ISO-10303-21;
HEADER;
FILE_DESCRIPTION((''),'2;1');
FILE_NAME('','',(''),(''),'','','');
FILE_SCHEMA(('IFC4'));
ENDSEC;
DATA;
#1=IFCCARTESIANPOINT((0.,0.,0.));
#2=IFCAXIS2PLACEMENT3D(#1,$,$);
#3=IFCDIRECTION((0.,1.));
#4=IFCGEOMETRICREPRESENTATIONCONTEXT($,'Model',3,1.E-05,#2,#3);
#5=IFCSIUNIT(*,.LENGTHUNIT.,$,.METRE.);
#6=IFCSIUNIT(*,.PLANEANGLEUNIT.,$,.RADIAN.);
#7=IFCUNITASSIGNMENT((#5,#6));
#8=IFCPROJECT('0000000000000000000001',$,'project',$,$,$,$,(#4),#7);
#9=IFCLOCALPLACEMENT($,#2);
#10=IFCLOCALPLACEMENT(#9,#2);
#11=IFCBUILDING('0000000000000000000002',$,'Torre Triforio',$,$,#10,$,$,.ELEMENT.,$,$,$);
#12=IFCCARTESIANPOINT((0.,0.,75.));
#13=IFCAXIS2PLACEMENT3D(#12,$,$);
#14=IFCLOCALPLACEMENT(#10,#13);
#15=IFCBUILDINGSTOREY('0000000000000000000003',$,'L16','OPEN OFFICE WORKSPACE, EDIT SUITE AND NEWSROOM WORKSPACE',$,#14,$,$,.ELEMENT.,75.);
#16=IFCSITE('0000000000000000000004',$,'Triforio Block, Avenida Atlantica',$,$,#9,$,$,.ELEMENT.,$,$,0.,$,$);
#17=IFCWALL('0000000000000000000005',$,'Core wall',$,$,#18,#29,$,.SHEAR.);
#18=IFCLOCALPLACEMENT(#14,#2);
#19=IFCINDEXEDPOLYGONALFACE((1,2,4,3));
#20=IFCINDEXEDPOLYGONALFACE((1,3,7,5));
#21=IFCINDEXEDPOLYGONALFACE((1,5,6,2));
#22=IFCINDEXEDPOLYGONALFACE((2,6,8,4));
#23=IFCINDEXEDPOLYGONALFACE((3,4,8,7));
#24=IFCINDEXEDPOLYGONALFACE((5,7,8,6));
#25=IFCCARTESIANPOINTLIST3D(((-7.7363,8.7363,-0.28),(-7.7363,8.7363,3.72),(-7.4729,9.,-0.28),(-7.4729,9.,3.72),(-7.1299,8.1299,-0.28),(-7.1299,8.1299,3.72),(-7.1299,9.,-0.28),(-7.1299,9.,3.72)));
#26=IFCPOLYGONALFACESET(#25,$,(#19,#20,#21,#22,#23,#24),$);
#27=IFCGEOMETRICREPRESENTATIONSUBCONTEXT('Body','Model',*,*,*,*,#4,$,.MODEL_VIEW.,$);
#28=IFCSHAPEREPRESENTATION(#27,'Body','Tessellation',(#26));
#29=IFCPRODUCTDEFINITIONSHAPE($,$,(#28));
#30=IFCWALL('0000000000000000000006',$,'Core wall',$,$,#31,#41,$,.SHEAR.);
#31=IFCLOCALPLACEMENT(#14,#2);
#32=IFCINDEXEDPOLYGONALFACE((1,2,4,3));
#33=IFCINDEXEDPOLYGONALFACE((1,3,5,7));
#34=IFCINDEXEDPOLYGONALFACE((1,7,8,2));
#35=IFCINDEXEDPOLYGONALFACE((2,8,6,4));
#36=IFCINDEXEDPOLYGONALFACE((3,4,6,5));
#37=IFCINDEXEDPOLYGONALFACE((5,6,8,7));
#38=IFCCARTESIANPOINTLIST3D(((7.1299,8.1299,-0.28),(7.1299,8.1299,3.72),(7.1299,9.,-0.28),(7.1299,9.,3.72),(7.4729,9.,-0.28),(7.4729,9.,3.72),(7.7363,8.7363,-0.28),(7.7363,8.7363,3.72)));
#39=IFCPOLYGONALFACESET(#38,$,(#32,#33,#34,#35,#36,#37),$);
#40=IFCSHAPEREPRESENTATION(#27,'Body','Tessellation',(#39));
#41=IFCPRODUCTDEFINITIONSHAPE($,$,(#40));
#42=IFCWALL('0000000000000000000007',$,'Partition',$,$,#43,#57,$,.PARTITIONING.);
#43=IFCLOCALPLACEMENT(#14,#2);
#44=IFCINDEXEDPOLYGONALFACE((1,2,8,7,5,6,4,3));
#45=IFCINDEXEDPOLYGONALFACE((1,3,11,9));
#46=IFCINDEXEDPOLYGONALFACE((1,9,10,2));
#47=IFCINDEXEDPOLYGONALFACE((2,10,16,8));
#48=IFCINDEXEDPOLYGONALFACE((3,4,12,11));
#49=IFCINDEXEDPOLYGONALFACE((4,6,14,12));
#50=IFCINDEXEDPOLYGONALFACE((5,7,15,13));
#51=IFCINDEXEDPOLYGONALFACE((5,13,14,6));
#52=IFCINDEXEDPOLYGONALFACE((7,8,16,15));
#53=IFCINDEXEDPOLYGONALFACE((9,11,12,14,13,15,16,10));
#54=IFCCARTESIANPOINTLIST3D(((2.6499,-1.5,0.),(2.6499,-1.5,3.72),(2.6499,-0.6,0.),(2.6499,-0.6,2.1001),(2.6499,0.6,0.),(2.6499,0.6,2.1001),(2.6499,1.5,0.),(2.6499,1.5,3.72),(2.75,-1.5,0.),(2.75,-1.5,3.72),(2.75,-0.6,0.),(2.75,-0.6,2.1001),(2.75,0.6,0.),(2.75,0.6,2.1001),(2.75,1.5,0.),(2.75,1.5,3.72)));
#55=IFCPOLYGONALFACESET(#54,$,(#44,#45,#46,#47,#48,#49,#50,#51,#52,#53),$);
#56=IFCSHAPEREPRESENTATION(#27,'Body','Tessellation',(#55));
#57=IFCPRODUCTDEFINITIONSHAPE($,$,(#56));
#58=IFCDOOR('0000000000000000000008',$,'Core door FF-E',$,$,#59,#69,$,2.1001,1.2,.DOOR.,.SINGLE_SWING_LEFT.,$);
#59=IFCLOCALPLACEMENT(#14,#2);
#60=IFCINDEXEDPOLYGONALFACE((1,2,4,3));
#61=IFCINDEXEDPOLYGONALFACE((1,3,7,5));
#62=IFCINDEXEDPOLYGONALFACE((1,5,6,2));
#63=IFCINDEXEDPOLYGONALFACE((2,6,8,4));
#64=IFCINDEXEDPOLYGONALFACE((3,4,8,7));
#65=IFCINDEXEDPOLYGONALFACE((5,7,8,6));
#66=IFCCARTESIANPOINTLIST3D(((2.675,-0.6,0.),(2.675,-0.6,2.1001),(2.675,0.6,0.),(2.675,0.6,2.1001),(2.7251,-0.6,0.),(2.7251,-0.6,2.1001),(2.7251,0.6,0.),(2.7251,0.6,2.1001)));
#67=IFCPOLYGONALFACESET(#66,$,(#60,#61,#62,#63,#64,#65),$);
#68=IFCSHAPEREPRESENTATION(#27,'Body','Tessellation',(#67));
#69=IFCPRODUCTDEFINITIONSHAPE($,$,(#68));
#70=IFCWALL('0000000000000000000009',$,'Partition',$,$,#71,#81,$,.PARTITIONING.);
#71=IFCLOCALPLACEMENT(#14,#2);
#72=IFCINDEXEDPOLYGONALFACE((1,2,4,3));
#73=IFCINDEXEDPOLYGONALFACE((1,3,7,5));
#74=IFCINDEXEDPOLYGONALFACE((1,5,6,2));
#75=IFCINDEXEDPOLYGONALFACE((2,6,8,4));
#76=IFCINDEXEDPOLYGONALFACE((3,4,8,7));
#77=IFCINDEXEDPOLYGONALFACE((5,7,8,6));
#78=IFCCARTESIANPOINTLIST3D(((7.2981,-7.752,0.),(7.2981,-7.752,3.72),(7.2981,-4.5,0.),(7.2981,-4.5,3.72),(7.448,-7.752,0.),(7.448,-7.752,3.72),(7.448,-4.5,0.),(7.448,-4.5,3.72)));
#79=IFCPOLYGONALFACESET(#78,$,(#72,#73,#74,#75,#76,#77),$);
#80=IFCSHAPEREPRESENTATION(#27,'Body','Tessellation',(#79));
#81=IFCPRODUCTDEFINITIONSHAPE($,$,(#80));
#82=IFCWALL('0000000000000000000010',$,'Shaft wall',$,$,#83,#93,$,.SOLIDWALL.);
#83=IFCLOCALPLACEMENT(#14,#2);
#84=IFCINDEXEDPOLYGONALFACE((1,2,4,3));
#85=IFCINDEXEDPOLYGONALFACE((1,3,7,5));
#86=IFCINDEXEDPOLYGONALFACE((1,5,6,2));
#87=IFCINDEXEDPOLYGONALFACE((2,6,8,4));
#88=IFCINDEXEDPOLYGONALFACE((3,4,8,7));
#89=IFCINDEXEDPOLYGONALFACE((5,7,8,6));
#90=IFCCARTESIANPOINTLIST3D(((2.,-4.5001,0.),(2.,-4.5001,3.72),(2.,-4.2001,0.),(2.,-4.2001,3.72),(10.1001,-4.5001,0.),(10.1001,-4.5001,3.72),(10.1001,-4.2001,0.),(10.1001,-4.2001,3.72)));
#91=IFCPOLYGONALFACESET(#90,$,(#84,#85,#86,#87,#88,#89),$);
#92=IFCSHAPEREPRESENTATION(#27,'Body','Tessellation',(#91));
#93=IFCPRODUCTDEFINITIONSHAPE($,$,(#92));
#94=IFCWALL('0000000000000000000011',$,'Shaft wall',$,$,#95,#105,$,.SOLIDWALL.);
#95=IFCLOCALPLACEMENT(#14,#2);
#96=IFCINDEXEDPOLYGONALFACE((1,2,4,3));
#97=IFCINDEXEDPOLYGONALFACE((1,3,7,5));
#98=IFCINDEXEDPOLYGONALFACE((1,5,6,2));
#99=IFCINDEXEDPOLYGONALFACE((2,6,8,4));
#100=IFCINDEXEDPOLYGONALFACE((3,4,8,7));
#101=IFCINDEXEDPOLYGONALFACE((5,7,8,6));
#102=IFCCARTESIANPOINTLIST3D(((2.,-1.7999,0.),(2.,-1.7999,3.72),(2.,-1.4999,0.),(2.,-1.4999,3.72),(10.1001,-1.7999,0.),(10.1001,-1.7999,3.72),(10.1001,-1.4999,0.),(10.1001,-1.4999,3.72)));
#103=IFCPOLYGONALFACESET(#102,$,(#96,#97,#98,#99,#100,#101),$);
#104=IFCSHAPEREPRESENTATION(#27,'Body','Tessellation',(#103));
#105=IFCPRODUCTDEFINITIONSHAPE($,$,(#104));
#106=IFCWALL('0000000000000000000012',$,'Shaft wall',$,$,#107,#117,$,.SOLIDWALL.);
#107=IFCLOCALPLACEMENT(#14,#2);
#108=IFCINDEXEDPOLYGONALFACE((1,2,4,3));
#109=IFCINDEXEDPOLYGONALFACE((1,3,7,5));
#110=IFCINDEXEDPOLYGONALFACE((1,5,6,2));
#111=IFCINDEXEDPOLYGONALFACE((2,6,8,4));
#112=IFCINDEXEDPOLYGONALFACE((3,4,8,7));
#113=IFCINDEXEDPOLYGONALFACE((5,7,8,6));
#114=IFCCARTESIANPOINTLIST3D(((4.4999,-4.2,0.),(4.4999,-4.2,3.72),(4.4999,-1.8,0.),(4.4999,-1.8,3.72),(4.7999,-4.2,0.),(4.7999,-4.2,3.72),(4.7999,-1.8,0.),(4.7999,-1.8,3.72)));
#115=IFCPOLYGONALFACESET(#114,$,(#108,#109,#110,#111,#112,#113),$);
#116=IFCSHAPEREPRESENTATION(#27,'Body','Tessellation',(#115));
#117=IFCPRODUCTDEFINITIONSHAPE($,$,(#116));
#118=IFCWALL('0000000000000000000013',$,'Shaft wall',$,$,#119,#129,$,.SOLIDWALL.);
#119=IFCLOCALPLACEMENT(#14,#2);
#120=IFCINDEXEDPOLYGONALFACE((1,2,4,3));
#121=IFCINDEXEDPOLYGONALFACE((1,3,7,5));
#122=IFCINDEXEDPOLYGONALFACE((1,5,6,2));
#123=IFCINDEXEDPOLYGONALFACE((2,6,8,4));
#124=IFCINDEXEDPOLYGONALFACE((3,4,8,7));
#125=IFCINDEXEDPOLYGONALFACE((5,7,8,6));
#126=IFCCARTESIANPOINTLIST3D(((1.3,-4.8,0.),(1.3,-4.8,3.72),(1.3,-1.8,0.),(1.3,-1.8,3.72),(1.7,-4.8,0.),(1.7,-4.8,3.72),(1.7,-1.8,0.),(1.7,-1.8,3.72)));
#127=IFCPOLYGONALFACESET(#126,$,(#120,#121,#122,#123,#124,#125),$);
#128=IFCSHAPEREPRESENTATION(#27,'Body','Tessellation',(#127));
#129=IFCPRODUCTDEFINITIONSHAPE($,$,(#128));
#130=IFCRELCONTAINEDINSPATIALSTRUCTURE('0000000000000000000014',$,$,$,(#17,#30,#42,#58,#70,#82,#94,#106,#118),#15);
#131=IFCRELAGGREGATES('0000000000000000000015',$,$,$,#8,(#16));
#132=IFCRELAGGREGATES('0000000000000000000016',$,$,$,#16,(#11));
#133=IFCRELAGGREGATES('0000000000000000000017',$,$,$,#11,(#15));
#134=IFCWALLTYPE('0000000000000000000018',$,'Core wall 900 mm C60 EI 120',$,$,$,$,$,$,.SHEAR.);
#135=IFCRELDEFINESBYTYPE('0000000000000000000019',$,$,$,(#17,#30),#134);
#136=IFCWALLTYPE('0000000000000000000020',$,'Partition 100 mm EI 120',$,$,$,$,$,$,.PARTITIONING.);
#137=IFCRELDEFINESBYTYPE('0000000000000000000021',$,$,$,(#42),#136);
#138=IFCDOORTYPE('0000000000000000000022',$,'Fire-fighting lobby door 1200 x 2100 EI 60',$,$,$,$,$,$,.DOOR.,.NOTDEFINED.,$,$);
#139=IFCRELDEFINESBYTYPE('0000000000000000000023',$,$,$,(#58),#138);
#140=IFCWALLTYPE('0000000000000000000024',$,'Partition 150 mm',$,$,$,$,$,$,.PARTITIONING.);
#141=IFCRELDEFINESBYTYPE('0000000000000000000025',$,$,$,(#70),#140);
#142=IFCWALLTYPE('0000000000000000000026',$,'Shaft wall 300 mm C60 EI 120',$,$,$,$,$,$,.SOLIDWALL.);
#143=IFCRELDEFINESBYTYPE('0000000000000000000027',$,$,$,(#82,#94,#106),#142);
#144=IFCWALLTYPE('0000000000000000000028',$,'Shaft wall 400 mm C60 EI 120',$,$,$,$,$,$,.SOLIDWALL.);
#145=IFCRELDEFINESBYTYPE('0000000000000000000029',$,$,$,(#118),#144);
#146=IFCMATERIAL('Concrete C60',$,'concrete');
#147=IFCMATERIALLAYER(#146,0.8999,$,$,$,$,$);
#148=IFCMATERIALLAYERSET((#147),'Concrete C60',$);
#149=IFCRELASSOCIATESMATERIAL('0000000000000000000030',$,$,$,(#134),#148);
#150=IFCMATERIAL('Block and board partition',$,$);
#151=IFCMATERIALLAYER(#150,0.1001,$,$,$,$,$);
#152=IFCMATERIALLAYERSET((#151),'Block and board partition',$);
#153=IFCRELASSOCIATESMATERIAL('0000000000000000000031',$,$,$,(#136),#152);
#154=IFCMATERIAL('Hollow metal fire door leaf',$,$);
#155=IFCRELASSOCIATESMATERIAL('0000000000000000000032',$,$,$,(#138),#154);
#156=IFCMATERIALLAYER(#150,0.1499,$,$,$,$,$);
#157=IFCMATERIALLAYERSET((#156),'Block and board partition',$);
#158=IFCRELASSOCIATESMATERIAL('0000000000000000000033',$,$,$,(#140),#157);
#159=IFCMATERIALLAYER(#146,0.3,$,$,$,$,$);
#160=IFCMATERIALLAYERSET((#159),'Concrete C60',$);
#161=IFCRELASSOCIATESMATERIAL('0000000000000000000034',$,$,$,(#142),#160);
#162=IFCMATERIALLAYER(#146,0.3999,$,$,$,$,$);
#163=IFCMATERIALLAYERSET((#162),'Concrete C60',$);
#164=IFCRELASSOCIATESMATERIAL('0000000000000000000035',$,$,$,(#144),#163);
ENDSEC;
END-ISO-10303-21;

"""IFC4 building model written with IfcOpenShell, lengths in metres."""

from ifc_helpers import new_model, si_unit, direction, frame, frame_2d, origin, place, context, subcontext, project, spatial, polyline, rectangle, outline, extrude, material, layer, layer_set, type_object, element, fill, save


model = new_model("IFC4")

# Units and contexts
model_context = context("Model", 3, precision=1e-05, world=origin(), true_north=direction((0.0, 1.0)))
body_context = subcontext(model_context, "Body", "Model", "MODEL_VIEW")
ifc_project = project(units=[si_unit("LENGTHUNIT", "METRE"), si_unit("PLANEANGLEUNIT", "RADIAN")], contexts=[model_context])

# Site, building, storey
site_placement = place(None, origin())
site = spatial("IfcSite", under=ifc_project, at=site_placement, Name="Triforio Block, Avenida Atlantica", CompositionType="ELEMENT", RefElevation=0.0)
building_placement = place(site_placement, origin())
building = spatial("IfcBuilding", under=site, at=building_placement, Name="Torre Triforio", CompositionType="ELEMENT")
storey_placement = place(building_placement, frame((0.0, 0.0, 75.0)))
storey = spatial("IfcBuildingStorey", under=building, at=storey_placement, Name="L16", Description="OPEN OFFICE WORKSPACE, EDIT SUITE AND NEWSROOM WORKSPACE", CompositionType="ELEMENT", Elevation=75.0)

# Shared definitions
ifc_material_1 = material(Name="Concrete C60", Category="concrete")

# Walls
ifc_layer_1 = layer(ifc_material_1, 0.8999)
ifc_layer_set_1 = layer_set([ifc_layer_1], Name="Concrete C60")
wall_type_1 = type_object("IfcWallType", Name="Core wall 900 mm C60 EI 120", PredefinedType="SHEAR", material=ifc_layer_set_1)
wall_1_placement = place(storey_placement, frame((0.0, 0.0, -0.28)))
element("IfcWall", 1, at=wall_1_placement, inside=storey, type_object=wall_type_1, Name="Core wall", PredefinedType="SHEAR", context=body_context, shape_type="SweptSolid", body=[
    extrude(outline(polyline([(-7.4729, 9.0), (-7.1299, 9.0), (-7.1299, 8.1299), (-7.7363, 8.7363), (-7.4729, 9.0)])), origin(), (0.0, 0.0, 1.0), 4.0),
])
wall_2_placement = place(storey_placement, frame((0.0, 0.0, -0.28)))
element("IfcWall", 2, at=wall_2_placement, inside=storey, type_object=wall_type_1, Name="Core wall", PredefinedType="SHEAR", context=body_context, shape_type="SweptSolid", body=[
    extrude(outline(polyline([(7.4729, 9.0), (7.7363, 8.7363), (7.1299, 8.1299), (7.1299, 9.0), (7.4729, 9.0)])), origin(), (0.0, 0.0, 1.0), 4.0),
])

# Wall, opening, door
ifc_material_2 = material(Name="Block and board partition")
ifc_layer_2 = layer(ifc_material_2, 0.1001)
ifc_layer_set_2 = layer_set([ifc_layer_2], Name="Block and board partition")
wall_type_2 = type_object("IfcWallType", Name="Partition 100 mm EI 120", PredefinedType="PARTITIONING", material=ifc_layer_set_2)
wall_3_placement = place(storey_placement, frame((2.7, -1.5, 0.0), z_axis=(0.0, 0.0, 1.0), x_axis=(0.0, 1.0, 0.0)))
wall_3 = element("IfcWall", 3, at=wall_3_placement, inside=storey, type_object=wall_type_2, Name="Partition", PredefinedType="PARTITIONING", context=body_context, shape_type="SweptSolid", body=[
    extrude(rectangle(XDim=3.0, YDim=0.1001, at=frame_2d((1.5, 0.0))), origin(), (0.0, 0.0, 1.0), 3.72),
])
opening_placement = place(wall_3_placement, frame((0.8999, 0.0, 0.0)))
opening = element("IfcOpeningElement", 4, at=opening_placement, cuts=wall_3, PredefinedType="OPENING", context=body_context, shape_type="SweptSolid", body=[
    extrude(rectangle(XDim=1.2, YDim=2.1001, at=frame_2d((0.6001, 1.05))), frame((0.0, 0.0601, 0.0), z_axis=(0.0, -1.0, 0.0), x_axis=(1.0, 0.0, 0.0)), (0.0, 0.0, 1.0), 0.1201),
])
ifc_material_3 = material(Name="Hollow metal fire door leaf")
door_type = type_object("IfcDoorType", Name="Fire-fighting lobby door 1200 x 2100 EI 60", OperationType="NOTDEFINED", PredefinedType="DOOR", material=ifc_material_3)
door_placement = place(opening_placement, origin())
door = element("IfcDoor", 5, at=door_placement, inside=storey, type_object=door_type, Name="Core door FF-E", OperationType="SINGLE_SWING_LEFT", OverallHeight=2.1001, OverallWidth=1.2, PredefinedType="DOOR", context=body_context, shape_type="SweptSolid", body=[
    extrude(rectangle(XDim=1.2, YDim=2.1001, at=frame_2d((0.6001, 1.05))), frame((0.0, 0.0249, 0.0), z_axis=(0.0, -1.0, 0.0), x_axis=(1.0, 0.0, 0.0)), (0.0, 0.0, 1.0), 0.05),
])
fill(opening, door)

# Walls
ifc_layer_3 = layer(ifc_material_2, 0.1499)
ifc_layer_set_3 = layer_set([ifc_layer_3], Name="Block and board partition")
wall_type_3 = type_object("IfcWallType", Name="Partition 150 mm", PredefinedType="PARTITIONING", material=ifc_layer_set_3)
wall_4_placement = place(storey_placement, frame((7.373, -7.752, 0.0), z_axis=(0.0, 0.0, 1.0), x_axis=(0.0, 1.0, 0.0)))
element("IfcWall", 6, at=wall_4_placement, inside=storey, type_object=wall_type_3, Name="Partition", PredefinedType="PARTITIONING", context=body_context, shape_type="SweptSolid", body=[
    extrude(rectangle(XDim=3.252, YDim=0.1499, at=frame_2d((1.626, 0.0))), origin(), (0.0, 0.0, 1.0), 3.72),
])
ifc_layer_4 = layer(ifc_material_1, 0.3)
ifc_layer_set_4 = layer_set([ifc_layer_4], Name="Concrete C60")
wall_type_4 = type_object("IfcWallType", Name="Shaft wall 300 mm C60 EI 120", PredefinedType="SOLIDWALL", material=ifc_layer_set_4)
for number, where, z_axis, x_axis, name in (
    (7, (2.0, -4.3501, 0.0), (0.0, 0.0, 1.0), (1.0, 0.0, 0.0), "Shaft wall"),
    (8, (2.0, -1.6499, 0.0), (0.0, 0.0, 1.0), (1.0, 0.0, 0.0), "Shaft wall"),
):
    element("IfcWall", number, at=place(storey_placement, frame(where, z_axis=z_axis, x_axis=x_axis)), inside=storey, type_object=wall_type_4, Name=name, PredefinedType="SOLIDWALL", context=body_context, shape_type="SweptSolid", body=[
        extrude(rectangle(XDim=8.1001, YDim=0.3, at=frame_2d((4.05, 0.0))), origin(), (0.0, 0.0, 1.0), 3.72),
    ])
wall_5_placement = place(storey_placement, frame((4.6499, -4.2, 0.0), z_axis=(0.0, 0.0, 1.0), x_axis=(0.0, 1.0, 0.0)))
element("IfcWall", 9, at=wall_5_placement, inside=storey, type_object=wall_type_4, Name="Shaft wall", PredefinedType="SOLIDWALL", context=body_context, shape_type="SweptSolid", body=[
    extrude(rectangle(XDim=2.3999, YDim=0.3, at=frame_2d((1.2, 0.0))), origin(), (0.0, 0.0, 1.0), 3.72),
])
ifc_layer_5 = layer(ifc_material_1, 0.3999)
ifc_layer_set_5 = layer_set([ifc_layer_5], Name="Concrete C60")
wall_type_5 = type_object("IfcWallType", Name="Shaft wall 400 mm C60 EI 120", PredefinedType="SOLIDWALL", material=ifc_layer_set_5)
wall_6_placement = place(storey_placement, frame((1.5, -4.8, 0.0), z_axis=(0.0, 0.0, 1.0), x_axis=(0.0, 1.0, 0.0)))
element("IfcWall", 10, at=wall_6_placement, inside=storey, type_object=wall_type_5, Name="Shaft wall", PredefinedType="SOLIDWALL", context=body_context, shape_type="SweptSolid", body=[
    extrude(rectangle(XDim=3.0, YDim=0.3999, at=frame_2d((1.5, 0.0))), origin(), (0.0, 0.0, 1.0), 3.72),
])

save(model, "model.ifc")
